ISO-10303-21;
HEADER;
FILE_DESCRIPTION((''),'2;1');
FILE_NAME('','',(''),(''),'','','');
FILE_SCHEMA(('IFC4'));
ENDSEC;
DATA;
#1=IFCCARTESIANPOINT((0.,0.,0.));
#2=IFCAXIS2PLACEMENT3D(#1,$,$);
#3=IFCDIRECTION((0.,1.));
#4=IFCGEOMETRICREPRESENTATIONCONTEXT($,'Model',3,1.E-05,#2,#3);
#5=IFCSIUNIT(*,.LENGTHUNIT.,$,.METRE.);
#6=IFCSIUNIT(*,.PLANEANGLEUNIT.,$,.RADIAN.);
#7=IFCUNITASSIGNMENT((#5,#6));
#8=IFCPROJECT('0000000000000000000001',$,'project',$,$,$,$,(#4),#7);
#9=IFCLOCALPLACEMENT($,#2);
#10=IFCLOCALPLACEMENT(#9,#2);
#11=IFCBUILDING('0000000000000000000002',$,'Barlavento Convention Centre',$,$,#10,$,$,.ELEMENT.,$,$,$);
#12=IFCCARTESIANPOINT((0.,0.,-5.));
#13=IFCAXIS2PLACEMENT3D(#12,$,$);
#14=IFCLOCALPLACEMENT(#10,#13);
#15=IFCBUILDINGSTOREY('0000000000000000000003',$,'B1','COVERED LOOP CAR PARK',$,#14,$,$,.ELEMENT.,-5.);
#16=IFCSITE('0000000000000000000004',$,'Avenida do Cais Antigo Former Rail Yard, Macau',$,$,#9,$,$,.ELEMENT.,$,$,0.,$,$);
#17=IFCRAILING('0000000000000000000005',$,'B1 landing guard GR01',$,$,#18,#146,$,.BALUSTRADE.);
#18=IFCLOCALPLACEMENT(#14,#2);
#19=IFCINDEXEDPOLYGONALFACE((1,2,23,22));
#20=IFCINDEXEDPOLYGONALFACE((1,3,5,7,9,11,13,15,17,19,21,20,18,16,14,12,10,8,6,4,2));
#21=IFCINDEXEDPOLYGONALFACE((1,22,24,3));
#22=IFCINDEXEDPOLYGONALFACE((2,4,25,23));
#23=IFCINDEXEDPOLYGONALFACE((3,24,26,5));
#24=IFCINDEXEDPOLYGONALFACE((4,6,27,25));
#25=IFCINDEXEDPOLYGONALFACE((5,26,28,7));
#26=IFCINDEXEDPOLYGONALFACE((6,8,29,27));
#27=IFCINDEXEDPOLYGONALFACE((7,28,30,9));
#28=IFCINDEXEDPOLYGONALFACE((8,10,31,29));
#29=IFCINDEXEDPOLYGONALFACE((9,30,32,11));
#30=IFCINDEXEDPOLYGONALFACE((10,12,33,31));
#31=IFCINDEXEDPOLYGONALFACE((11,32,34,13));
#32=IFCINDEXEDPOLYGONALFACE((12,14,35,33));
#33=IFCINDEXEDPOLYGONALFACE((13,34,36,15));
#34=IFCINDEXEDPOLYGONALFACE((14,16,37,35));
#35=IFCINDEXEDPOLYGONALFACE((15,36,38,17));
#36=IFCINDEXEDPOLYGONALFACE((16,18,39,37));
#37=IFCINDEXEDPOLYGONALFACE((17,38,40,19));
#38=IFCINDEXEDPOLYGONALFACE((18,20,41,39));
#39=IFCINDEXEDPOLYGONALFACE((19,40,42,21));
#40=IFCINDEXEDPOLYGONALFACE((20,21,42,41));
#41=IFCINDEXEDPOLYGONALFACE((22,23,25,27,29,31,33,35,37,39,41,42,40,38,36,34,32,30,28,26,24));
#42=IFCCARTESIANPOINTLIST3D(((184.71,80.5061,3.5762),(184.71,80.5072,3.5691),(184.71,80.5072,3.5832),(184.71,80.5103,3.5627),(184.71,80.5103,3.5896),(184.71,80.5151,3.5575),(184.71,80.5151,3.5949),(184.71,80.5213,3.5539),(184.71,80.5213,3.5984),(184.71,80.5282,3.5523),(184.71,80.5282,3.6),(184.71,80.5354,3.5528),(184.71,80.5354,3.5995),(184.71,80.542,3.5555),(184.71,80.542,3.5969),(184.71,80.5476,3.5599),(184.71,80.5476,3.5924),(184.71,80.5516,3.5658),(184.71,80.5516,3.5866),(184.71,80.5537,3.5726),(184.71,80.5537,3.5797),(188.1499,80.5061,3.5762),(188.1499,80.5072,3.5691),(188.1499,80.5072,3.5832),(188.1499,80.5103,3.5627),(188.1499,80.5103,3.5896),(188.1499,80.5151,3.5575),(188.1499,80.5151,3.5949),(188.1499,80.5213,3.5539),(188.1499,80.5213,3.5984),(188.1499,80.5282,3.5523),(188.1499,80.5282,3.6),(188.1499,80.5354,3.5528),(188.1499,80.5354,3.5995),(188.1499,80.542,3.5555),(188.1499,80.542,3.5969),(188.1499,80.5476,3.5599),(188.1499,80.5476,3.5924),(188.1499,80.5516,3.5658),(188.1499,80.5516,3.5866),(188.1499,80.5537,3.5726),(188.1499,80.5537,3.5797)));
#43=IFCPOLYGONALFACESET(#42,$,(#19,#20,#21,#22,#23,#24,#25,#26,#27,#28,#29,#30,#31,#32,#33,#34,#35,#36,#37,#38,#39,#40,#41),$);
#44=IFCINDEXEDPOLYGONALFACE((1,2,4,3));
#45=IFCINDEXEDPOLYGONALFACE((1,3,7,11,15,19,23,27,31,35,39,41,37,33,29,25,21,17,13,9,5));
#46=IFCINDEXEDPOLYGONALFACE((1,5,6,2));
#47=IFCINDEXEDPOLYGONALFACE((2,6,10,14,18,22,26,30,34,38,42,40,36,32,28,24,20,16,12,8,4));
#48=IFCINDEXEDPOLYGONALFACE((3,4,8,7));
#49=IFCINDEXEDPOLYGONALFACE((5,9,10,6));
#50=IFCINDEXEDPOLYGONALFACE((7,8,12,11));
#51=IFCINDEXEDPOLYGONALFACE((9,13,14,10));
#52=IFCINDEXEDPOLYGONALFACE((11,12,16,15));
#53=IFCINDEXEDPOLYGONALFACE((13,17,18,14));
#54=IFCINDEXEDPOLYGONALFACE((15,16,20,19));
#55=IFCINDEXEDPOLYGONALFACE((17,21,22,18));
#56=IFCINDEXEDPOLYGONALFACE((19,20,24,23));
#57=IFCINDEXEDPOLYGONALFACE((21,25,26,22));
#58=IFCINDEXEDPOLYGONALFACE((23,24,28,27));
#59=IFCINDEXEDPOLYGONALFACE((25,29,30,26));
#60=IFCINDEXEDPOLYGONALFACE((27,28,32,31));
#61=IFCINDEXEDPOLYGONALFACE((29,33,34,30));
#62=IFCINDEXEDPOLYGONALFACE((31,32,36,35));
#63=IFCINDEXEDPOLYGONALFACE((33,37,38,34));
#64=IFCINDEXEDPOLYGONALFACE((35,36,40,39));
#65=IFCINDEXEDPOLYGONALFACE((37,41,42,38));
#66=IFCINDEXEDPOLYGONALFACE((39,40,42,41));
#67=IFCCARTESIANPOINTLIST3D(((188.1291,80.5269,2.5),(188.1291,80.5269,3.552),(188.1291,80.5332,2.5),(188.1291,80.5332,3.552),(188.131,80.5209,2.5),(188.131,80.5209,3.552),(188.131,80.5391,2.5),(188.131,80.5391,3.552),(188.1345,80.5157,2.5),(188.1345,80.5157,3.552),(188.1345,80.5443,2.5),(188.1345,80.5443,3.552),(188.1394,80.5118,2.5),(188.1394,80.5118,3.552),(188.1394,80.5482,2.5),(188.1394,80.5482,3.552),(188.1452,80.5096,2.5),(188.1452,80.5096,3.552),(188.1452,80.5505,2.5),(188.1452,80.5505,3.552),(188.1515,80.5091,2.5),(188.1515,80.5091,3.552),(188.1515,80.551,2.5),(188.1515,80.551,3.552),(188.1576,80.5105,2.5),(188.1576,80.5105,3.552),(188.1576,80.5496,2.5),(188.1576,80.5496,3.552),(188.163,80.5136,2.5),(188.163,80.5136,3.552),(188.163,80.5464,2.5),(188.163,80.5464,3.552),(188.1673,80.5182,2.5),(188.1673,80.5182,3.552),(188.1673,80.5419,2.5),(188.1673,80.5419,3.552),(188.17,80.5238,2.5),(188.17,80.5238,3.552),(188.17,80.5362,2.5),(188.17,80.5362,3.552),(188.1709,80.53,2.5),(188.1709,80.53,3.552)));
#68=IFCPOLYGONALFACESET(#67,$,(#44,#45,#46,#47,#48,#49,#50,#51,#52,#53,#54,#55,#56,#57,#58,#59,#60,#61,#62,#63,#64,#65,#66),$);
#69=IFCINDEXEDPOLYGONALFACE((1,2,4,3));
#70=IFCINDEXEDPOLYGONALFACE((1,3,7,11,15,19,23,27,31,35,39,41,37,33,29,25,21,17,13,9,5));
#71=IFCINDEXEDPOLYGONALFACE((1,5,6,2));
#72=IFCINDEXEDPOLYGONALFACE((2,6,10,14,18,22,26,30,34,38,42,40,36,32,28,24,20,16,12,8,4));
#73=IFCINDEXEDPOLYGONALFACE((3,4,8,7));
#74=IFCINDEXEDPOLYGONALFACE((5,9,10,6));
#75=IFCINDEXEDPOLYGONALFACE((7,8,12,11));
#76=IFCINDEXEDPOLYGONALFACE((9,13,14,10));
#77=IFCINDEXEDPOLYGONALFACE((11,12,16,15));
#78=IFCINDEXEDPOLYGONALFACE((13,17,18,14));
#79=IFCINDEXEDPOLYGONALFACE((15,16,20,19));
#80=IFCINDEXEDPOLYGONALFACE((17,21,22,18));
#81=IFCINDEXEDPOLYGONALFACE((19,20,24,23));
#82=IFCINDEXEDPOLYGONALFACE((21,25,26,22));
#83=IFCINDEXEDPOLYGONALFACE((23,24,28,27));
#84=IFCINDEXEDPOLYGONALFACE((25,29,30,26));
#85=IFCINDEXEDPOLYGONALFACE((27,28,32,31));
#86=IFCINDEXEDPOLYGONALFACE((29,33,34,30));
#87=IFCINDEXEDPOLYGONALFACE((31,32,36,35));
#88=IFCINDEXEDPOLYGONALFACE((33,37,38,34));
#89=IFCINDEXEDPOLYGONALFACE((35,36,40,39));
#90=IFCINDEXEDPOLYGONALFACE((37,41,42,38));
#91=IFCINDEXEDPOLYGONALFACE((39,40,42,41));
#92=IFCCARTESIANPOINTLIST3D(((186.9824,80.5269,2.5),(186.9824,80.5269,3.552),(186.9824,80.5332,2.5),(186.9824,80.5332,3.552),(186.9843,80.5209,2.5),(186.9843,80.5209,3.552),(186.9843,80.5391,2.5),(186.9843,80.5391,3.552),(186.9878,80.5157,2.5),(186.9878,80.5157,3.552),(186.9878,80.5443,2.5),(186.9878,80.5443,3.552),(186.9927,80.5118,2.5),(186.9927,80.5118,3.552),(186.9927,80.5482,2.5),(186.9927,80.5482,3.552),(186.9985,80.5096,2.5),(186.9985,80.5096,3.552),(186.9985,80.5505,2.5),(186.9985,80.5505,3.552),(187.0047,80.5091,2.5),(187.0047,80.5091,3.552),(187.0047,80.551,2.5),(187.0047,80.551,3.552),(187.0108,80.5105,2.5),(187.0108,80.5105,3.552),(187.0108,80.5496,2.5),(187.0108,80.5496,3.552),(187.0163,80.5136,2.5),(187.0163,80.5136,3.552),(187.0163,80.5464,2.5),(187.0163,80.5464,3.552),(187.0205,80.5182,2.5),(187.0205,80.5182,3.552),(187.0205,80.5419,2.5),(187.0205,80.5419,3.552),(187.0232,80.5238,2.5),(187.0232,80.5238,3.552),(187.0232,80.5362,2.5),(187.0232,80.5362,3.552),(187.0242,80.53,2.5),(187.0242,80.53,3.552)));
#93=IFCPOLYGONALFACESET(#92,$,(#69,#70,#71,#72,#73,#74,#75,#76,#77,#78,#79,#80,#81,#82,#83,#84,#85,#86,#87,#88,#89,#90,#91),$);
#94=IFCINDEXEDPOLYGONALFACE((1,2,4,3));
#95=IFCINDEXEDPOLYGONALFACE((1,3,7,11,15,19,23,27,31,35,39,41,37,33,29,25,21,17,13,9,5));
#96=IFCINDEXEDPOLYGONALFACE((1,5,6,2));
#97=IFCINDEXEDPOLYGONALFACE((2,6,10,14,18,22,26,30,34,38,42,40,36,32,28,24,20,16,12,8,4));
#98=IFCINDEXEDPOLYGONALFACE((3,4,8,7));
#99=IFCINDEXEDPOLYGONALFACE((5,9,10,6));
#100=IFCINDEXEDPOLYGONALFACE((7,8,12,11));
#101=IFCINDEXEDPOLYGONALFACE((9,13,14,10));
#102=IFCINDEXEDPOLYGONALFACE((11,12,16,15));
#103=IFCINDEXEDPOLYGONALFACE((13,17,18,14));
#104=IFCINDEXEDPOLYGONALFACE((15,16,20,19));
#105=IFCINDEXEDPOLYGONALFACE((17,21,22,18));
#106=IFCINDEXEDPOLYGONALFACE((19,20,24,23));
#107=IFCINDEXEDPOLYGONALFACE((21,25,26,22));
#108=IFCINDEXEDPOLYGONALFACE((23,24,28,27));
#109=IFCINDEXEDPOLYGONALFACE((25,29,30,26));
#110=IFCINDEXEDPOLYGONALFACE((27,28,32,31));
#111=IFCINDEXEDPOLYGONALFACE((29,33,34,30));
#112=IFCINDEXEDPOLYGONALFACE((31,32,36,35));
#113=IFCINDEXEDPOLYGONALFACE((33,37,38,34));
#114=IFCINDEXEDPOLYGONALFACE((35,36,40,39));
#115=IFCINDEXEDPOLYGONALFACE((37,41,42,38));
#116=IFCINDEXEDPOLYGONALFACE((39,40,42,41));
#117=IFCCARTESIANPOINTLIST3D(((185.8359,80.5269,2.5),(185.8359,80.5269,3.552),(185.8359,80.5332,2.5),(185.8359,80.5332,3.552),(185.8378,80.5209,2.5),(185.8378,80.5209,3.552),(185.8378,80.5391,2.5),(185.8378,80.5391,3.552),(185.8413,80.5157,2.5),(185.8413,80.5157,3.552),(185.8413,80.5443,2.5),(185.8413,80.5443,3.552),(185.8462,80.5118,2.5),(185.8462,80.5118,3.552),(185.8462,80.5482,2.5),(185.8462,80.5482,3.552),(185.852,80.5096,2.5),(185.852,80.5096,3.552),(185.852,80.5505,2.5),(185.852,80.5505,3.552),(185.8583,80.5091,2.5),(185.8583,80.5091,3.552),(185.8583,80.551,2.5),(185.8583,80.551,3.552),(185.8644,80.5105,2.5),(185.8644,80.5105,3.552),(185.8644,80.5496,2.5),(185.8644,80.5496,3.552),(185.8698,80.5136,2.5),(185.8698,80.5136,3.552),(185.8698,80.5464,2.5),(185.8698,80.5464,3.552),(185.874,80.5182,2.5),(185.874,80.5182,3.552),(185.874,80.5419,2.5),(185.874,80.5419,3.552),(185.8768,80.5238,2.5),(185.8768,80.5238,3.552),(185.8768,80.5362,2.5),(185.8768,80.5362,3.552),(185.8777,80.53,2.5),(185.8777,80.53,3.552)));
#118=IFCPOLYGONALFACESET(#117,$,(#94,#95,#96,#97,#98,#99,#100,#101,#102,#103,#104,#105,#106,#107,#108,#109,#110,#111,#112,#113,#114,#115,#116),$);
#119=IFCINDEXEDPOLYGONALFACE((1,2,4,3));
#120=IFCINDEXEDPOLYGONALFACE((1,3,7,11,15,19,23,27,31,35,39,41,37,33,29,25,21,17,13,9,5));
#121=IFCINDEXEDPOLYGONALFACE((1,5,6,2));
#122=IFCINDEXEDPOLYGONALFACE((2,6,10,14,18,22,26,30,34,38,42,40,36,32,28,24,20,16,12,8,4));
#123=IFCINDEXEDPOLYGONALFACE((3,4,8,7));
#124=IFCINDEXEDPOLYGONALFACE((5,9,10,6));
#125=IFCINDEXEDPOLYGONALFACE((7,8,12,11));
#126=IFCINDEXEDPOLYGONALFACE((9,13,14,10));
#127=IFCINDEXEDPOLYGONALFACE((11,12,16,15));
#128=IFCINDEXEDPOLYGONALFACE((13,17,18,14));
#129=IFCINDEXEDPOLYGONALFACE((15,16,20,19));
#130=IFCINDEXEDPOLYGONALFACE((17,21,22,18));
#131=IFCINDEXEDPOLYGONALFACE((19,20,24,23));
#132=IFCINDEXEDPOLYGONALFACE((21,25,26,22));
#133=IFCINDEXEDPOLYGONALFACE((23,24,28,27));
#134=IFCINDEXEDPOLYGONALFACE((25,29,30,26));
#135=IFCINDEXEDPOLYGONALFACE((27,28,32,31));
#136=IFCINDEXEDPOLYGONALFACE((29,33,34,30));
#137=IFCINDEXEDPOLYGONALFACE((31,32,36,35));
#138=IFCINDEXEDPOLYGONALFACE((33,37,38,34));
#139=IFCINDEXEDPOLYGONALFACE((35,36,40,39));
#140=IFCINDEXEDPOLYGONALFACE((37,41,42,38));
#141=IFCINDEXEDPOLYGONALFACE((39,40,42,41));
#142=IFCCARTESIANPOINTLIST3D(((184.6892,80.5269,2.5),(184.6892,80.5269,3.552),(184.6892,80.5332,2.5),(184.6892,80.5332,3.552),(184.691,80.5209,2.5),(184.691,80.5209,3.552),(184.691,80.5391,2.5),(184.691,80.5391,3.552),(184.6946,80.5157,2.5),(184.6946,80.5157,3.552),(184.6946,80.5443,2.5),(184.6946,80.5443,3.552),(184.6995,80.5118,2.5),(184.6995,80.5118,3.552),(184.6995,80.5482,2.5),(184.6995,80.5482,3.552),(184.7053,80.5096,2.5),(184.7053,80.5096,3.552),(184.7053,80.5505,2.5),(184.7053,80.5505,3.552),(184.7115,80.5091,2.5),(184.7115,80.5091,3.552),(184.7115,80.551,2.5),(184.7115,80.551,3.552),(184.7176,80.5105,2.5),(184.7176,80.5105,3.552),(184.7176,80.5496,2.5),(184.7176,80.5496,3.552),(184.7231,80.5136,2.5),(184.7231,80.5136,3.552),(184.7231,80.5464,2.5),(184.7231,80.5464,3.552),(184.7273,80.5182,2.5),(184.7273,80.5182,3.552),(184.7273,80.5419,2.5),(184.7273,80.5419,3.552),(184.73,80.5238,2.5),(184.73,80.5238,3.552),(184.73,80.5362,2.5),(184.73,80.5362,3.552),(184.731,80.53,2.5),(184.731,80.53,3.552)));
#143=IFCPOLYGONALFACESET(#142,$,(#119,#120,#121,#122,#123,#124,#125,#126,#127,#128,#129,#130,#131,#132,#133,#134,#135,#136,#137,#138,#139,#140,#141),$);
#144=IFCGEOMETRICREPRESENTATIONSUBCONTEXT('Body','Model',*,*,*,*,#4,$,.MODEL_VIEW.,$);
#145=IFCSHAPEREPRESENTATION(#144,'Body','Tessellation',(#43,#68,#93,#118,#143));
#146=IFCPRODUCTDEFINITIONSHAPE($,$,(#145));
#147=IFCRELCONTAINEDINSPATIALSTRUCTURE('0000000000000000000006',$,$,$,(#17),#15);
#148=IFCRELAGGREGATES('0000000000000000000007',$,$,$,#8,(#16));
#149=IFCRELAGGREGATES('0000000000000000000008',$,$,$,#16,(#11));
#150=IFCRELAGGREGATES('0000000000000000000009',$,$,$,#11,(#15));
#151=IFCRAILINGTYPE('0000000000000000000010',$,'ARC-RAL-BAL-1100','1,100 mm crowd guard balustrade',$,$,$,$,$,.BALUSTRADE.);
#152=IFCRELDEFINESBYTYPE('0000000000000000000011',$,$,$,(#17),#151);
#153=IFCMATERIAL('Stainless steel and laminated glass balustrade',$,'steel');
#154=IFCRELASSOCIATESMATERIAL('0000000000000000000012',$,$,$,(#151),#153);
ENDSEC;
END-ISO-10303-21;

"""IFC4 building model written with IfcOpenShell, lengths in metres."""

from ifc_helpers import new_model, si_unit, direction, frame, origin, origin_2d, place, context, subcontext, project, spatial, circle, extrude, material, type_object, element, save


model = new_model("IFC4")

# Units and contexts
model_context = context("Model", 3, precision=1e-05, world=origin(), true_north=direction((0.0, 1.0)))
body_context = subcontext(model_context, "Body", "Model", "MODEL_VIEW")
ifc_project = project(units=[si_unit("LENGTHUNIT", "METRE"), si_unit("PLANEANGLEUNIT", "RADIAN")], contexts=[model_context])

# Site, building, storey
site_placement = place(None, origin())
site = spatial("IfcSite", under=ifc_project, at=site_placement, Name="Avenida do Cais Antigo Former Rail Yard, Macau", CompositionType="ELEMENT", RefElevation=0.0)
building_placement = place(site_placement, origin())
building = spatial("IfcBuilding", under=site, at=building_placement, Name="Barlavento Convention Centre", CompositionType="ELEMENT")
storey_placement = place(building_placement, frame((0.0, 0.0, -5.0)))
storey = spatial("IfcBuildingStorey", under=building, at=storey_placement, Name="B1", Description="COVERED LOOP CAR PARK", CompositionType="ELEMENT", Elevation=-5.0)

# Railing
ifc_material_1 = material(Name="Stainless steel and laminated glass balustrade", Category="steel")
railing_type_1 = type_object("IfcRailingType", Name="ARC-RAL-BAL-1100", Description="1,100 mm crowd guard balustrade", PredefinedType="BALUSTRADE", material=ifc_material_1)
railing_1_placement = place(storey_placement, frame((188.1499, 80.53, 2.5)))
element("IfcRailing", 1, at=railing_1_placement, inside=storey, type_object=railing_type_1, Name="B1 landing guard GR01", PredefinedType="BALUSTRADE", context=body_context, shape_type="SweptSolid", body=[
    extrude(circle(Radius=0.0239, at=origin_2d()), frame((0.0, 0.0, 1.0762), z_axis=(-1.0, 0.0, 0.0), x_axis=(0.0, -1.0, 0.0)), (0.0, 0.0, 1.0), 3.4399),
    extrude(circle(Radius=0.021, at=origin_2d()), origin(), (0.0, 0.0, 1.0), 1.052),
    extrude(circle(Radius=0.021, at=origin_2d()), frame((-1.1467, 0.0, 0.0)), (0.0, 0.0, 1.0), 1.052),
    extrude(circle(Radius=0.021, at=origin_2d()), frame((-2.2932, 0.0, 0.0)), (0.0, 0.0, 1.0), 1.052),
    extrude(circle(Radius=0.021, at=origin_2d()), frame((-3.4399, 0.0, 0.0)), (0.0, 0.0, 1.0), 1.052),
])

save(model, "model.ifc")
